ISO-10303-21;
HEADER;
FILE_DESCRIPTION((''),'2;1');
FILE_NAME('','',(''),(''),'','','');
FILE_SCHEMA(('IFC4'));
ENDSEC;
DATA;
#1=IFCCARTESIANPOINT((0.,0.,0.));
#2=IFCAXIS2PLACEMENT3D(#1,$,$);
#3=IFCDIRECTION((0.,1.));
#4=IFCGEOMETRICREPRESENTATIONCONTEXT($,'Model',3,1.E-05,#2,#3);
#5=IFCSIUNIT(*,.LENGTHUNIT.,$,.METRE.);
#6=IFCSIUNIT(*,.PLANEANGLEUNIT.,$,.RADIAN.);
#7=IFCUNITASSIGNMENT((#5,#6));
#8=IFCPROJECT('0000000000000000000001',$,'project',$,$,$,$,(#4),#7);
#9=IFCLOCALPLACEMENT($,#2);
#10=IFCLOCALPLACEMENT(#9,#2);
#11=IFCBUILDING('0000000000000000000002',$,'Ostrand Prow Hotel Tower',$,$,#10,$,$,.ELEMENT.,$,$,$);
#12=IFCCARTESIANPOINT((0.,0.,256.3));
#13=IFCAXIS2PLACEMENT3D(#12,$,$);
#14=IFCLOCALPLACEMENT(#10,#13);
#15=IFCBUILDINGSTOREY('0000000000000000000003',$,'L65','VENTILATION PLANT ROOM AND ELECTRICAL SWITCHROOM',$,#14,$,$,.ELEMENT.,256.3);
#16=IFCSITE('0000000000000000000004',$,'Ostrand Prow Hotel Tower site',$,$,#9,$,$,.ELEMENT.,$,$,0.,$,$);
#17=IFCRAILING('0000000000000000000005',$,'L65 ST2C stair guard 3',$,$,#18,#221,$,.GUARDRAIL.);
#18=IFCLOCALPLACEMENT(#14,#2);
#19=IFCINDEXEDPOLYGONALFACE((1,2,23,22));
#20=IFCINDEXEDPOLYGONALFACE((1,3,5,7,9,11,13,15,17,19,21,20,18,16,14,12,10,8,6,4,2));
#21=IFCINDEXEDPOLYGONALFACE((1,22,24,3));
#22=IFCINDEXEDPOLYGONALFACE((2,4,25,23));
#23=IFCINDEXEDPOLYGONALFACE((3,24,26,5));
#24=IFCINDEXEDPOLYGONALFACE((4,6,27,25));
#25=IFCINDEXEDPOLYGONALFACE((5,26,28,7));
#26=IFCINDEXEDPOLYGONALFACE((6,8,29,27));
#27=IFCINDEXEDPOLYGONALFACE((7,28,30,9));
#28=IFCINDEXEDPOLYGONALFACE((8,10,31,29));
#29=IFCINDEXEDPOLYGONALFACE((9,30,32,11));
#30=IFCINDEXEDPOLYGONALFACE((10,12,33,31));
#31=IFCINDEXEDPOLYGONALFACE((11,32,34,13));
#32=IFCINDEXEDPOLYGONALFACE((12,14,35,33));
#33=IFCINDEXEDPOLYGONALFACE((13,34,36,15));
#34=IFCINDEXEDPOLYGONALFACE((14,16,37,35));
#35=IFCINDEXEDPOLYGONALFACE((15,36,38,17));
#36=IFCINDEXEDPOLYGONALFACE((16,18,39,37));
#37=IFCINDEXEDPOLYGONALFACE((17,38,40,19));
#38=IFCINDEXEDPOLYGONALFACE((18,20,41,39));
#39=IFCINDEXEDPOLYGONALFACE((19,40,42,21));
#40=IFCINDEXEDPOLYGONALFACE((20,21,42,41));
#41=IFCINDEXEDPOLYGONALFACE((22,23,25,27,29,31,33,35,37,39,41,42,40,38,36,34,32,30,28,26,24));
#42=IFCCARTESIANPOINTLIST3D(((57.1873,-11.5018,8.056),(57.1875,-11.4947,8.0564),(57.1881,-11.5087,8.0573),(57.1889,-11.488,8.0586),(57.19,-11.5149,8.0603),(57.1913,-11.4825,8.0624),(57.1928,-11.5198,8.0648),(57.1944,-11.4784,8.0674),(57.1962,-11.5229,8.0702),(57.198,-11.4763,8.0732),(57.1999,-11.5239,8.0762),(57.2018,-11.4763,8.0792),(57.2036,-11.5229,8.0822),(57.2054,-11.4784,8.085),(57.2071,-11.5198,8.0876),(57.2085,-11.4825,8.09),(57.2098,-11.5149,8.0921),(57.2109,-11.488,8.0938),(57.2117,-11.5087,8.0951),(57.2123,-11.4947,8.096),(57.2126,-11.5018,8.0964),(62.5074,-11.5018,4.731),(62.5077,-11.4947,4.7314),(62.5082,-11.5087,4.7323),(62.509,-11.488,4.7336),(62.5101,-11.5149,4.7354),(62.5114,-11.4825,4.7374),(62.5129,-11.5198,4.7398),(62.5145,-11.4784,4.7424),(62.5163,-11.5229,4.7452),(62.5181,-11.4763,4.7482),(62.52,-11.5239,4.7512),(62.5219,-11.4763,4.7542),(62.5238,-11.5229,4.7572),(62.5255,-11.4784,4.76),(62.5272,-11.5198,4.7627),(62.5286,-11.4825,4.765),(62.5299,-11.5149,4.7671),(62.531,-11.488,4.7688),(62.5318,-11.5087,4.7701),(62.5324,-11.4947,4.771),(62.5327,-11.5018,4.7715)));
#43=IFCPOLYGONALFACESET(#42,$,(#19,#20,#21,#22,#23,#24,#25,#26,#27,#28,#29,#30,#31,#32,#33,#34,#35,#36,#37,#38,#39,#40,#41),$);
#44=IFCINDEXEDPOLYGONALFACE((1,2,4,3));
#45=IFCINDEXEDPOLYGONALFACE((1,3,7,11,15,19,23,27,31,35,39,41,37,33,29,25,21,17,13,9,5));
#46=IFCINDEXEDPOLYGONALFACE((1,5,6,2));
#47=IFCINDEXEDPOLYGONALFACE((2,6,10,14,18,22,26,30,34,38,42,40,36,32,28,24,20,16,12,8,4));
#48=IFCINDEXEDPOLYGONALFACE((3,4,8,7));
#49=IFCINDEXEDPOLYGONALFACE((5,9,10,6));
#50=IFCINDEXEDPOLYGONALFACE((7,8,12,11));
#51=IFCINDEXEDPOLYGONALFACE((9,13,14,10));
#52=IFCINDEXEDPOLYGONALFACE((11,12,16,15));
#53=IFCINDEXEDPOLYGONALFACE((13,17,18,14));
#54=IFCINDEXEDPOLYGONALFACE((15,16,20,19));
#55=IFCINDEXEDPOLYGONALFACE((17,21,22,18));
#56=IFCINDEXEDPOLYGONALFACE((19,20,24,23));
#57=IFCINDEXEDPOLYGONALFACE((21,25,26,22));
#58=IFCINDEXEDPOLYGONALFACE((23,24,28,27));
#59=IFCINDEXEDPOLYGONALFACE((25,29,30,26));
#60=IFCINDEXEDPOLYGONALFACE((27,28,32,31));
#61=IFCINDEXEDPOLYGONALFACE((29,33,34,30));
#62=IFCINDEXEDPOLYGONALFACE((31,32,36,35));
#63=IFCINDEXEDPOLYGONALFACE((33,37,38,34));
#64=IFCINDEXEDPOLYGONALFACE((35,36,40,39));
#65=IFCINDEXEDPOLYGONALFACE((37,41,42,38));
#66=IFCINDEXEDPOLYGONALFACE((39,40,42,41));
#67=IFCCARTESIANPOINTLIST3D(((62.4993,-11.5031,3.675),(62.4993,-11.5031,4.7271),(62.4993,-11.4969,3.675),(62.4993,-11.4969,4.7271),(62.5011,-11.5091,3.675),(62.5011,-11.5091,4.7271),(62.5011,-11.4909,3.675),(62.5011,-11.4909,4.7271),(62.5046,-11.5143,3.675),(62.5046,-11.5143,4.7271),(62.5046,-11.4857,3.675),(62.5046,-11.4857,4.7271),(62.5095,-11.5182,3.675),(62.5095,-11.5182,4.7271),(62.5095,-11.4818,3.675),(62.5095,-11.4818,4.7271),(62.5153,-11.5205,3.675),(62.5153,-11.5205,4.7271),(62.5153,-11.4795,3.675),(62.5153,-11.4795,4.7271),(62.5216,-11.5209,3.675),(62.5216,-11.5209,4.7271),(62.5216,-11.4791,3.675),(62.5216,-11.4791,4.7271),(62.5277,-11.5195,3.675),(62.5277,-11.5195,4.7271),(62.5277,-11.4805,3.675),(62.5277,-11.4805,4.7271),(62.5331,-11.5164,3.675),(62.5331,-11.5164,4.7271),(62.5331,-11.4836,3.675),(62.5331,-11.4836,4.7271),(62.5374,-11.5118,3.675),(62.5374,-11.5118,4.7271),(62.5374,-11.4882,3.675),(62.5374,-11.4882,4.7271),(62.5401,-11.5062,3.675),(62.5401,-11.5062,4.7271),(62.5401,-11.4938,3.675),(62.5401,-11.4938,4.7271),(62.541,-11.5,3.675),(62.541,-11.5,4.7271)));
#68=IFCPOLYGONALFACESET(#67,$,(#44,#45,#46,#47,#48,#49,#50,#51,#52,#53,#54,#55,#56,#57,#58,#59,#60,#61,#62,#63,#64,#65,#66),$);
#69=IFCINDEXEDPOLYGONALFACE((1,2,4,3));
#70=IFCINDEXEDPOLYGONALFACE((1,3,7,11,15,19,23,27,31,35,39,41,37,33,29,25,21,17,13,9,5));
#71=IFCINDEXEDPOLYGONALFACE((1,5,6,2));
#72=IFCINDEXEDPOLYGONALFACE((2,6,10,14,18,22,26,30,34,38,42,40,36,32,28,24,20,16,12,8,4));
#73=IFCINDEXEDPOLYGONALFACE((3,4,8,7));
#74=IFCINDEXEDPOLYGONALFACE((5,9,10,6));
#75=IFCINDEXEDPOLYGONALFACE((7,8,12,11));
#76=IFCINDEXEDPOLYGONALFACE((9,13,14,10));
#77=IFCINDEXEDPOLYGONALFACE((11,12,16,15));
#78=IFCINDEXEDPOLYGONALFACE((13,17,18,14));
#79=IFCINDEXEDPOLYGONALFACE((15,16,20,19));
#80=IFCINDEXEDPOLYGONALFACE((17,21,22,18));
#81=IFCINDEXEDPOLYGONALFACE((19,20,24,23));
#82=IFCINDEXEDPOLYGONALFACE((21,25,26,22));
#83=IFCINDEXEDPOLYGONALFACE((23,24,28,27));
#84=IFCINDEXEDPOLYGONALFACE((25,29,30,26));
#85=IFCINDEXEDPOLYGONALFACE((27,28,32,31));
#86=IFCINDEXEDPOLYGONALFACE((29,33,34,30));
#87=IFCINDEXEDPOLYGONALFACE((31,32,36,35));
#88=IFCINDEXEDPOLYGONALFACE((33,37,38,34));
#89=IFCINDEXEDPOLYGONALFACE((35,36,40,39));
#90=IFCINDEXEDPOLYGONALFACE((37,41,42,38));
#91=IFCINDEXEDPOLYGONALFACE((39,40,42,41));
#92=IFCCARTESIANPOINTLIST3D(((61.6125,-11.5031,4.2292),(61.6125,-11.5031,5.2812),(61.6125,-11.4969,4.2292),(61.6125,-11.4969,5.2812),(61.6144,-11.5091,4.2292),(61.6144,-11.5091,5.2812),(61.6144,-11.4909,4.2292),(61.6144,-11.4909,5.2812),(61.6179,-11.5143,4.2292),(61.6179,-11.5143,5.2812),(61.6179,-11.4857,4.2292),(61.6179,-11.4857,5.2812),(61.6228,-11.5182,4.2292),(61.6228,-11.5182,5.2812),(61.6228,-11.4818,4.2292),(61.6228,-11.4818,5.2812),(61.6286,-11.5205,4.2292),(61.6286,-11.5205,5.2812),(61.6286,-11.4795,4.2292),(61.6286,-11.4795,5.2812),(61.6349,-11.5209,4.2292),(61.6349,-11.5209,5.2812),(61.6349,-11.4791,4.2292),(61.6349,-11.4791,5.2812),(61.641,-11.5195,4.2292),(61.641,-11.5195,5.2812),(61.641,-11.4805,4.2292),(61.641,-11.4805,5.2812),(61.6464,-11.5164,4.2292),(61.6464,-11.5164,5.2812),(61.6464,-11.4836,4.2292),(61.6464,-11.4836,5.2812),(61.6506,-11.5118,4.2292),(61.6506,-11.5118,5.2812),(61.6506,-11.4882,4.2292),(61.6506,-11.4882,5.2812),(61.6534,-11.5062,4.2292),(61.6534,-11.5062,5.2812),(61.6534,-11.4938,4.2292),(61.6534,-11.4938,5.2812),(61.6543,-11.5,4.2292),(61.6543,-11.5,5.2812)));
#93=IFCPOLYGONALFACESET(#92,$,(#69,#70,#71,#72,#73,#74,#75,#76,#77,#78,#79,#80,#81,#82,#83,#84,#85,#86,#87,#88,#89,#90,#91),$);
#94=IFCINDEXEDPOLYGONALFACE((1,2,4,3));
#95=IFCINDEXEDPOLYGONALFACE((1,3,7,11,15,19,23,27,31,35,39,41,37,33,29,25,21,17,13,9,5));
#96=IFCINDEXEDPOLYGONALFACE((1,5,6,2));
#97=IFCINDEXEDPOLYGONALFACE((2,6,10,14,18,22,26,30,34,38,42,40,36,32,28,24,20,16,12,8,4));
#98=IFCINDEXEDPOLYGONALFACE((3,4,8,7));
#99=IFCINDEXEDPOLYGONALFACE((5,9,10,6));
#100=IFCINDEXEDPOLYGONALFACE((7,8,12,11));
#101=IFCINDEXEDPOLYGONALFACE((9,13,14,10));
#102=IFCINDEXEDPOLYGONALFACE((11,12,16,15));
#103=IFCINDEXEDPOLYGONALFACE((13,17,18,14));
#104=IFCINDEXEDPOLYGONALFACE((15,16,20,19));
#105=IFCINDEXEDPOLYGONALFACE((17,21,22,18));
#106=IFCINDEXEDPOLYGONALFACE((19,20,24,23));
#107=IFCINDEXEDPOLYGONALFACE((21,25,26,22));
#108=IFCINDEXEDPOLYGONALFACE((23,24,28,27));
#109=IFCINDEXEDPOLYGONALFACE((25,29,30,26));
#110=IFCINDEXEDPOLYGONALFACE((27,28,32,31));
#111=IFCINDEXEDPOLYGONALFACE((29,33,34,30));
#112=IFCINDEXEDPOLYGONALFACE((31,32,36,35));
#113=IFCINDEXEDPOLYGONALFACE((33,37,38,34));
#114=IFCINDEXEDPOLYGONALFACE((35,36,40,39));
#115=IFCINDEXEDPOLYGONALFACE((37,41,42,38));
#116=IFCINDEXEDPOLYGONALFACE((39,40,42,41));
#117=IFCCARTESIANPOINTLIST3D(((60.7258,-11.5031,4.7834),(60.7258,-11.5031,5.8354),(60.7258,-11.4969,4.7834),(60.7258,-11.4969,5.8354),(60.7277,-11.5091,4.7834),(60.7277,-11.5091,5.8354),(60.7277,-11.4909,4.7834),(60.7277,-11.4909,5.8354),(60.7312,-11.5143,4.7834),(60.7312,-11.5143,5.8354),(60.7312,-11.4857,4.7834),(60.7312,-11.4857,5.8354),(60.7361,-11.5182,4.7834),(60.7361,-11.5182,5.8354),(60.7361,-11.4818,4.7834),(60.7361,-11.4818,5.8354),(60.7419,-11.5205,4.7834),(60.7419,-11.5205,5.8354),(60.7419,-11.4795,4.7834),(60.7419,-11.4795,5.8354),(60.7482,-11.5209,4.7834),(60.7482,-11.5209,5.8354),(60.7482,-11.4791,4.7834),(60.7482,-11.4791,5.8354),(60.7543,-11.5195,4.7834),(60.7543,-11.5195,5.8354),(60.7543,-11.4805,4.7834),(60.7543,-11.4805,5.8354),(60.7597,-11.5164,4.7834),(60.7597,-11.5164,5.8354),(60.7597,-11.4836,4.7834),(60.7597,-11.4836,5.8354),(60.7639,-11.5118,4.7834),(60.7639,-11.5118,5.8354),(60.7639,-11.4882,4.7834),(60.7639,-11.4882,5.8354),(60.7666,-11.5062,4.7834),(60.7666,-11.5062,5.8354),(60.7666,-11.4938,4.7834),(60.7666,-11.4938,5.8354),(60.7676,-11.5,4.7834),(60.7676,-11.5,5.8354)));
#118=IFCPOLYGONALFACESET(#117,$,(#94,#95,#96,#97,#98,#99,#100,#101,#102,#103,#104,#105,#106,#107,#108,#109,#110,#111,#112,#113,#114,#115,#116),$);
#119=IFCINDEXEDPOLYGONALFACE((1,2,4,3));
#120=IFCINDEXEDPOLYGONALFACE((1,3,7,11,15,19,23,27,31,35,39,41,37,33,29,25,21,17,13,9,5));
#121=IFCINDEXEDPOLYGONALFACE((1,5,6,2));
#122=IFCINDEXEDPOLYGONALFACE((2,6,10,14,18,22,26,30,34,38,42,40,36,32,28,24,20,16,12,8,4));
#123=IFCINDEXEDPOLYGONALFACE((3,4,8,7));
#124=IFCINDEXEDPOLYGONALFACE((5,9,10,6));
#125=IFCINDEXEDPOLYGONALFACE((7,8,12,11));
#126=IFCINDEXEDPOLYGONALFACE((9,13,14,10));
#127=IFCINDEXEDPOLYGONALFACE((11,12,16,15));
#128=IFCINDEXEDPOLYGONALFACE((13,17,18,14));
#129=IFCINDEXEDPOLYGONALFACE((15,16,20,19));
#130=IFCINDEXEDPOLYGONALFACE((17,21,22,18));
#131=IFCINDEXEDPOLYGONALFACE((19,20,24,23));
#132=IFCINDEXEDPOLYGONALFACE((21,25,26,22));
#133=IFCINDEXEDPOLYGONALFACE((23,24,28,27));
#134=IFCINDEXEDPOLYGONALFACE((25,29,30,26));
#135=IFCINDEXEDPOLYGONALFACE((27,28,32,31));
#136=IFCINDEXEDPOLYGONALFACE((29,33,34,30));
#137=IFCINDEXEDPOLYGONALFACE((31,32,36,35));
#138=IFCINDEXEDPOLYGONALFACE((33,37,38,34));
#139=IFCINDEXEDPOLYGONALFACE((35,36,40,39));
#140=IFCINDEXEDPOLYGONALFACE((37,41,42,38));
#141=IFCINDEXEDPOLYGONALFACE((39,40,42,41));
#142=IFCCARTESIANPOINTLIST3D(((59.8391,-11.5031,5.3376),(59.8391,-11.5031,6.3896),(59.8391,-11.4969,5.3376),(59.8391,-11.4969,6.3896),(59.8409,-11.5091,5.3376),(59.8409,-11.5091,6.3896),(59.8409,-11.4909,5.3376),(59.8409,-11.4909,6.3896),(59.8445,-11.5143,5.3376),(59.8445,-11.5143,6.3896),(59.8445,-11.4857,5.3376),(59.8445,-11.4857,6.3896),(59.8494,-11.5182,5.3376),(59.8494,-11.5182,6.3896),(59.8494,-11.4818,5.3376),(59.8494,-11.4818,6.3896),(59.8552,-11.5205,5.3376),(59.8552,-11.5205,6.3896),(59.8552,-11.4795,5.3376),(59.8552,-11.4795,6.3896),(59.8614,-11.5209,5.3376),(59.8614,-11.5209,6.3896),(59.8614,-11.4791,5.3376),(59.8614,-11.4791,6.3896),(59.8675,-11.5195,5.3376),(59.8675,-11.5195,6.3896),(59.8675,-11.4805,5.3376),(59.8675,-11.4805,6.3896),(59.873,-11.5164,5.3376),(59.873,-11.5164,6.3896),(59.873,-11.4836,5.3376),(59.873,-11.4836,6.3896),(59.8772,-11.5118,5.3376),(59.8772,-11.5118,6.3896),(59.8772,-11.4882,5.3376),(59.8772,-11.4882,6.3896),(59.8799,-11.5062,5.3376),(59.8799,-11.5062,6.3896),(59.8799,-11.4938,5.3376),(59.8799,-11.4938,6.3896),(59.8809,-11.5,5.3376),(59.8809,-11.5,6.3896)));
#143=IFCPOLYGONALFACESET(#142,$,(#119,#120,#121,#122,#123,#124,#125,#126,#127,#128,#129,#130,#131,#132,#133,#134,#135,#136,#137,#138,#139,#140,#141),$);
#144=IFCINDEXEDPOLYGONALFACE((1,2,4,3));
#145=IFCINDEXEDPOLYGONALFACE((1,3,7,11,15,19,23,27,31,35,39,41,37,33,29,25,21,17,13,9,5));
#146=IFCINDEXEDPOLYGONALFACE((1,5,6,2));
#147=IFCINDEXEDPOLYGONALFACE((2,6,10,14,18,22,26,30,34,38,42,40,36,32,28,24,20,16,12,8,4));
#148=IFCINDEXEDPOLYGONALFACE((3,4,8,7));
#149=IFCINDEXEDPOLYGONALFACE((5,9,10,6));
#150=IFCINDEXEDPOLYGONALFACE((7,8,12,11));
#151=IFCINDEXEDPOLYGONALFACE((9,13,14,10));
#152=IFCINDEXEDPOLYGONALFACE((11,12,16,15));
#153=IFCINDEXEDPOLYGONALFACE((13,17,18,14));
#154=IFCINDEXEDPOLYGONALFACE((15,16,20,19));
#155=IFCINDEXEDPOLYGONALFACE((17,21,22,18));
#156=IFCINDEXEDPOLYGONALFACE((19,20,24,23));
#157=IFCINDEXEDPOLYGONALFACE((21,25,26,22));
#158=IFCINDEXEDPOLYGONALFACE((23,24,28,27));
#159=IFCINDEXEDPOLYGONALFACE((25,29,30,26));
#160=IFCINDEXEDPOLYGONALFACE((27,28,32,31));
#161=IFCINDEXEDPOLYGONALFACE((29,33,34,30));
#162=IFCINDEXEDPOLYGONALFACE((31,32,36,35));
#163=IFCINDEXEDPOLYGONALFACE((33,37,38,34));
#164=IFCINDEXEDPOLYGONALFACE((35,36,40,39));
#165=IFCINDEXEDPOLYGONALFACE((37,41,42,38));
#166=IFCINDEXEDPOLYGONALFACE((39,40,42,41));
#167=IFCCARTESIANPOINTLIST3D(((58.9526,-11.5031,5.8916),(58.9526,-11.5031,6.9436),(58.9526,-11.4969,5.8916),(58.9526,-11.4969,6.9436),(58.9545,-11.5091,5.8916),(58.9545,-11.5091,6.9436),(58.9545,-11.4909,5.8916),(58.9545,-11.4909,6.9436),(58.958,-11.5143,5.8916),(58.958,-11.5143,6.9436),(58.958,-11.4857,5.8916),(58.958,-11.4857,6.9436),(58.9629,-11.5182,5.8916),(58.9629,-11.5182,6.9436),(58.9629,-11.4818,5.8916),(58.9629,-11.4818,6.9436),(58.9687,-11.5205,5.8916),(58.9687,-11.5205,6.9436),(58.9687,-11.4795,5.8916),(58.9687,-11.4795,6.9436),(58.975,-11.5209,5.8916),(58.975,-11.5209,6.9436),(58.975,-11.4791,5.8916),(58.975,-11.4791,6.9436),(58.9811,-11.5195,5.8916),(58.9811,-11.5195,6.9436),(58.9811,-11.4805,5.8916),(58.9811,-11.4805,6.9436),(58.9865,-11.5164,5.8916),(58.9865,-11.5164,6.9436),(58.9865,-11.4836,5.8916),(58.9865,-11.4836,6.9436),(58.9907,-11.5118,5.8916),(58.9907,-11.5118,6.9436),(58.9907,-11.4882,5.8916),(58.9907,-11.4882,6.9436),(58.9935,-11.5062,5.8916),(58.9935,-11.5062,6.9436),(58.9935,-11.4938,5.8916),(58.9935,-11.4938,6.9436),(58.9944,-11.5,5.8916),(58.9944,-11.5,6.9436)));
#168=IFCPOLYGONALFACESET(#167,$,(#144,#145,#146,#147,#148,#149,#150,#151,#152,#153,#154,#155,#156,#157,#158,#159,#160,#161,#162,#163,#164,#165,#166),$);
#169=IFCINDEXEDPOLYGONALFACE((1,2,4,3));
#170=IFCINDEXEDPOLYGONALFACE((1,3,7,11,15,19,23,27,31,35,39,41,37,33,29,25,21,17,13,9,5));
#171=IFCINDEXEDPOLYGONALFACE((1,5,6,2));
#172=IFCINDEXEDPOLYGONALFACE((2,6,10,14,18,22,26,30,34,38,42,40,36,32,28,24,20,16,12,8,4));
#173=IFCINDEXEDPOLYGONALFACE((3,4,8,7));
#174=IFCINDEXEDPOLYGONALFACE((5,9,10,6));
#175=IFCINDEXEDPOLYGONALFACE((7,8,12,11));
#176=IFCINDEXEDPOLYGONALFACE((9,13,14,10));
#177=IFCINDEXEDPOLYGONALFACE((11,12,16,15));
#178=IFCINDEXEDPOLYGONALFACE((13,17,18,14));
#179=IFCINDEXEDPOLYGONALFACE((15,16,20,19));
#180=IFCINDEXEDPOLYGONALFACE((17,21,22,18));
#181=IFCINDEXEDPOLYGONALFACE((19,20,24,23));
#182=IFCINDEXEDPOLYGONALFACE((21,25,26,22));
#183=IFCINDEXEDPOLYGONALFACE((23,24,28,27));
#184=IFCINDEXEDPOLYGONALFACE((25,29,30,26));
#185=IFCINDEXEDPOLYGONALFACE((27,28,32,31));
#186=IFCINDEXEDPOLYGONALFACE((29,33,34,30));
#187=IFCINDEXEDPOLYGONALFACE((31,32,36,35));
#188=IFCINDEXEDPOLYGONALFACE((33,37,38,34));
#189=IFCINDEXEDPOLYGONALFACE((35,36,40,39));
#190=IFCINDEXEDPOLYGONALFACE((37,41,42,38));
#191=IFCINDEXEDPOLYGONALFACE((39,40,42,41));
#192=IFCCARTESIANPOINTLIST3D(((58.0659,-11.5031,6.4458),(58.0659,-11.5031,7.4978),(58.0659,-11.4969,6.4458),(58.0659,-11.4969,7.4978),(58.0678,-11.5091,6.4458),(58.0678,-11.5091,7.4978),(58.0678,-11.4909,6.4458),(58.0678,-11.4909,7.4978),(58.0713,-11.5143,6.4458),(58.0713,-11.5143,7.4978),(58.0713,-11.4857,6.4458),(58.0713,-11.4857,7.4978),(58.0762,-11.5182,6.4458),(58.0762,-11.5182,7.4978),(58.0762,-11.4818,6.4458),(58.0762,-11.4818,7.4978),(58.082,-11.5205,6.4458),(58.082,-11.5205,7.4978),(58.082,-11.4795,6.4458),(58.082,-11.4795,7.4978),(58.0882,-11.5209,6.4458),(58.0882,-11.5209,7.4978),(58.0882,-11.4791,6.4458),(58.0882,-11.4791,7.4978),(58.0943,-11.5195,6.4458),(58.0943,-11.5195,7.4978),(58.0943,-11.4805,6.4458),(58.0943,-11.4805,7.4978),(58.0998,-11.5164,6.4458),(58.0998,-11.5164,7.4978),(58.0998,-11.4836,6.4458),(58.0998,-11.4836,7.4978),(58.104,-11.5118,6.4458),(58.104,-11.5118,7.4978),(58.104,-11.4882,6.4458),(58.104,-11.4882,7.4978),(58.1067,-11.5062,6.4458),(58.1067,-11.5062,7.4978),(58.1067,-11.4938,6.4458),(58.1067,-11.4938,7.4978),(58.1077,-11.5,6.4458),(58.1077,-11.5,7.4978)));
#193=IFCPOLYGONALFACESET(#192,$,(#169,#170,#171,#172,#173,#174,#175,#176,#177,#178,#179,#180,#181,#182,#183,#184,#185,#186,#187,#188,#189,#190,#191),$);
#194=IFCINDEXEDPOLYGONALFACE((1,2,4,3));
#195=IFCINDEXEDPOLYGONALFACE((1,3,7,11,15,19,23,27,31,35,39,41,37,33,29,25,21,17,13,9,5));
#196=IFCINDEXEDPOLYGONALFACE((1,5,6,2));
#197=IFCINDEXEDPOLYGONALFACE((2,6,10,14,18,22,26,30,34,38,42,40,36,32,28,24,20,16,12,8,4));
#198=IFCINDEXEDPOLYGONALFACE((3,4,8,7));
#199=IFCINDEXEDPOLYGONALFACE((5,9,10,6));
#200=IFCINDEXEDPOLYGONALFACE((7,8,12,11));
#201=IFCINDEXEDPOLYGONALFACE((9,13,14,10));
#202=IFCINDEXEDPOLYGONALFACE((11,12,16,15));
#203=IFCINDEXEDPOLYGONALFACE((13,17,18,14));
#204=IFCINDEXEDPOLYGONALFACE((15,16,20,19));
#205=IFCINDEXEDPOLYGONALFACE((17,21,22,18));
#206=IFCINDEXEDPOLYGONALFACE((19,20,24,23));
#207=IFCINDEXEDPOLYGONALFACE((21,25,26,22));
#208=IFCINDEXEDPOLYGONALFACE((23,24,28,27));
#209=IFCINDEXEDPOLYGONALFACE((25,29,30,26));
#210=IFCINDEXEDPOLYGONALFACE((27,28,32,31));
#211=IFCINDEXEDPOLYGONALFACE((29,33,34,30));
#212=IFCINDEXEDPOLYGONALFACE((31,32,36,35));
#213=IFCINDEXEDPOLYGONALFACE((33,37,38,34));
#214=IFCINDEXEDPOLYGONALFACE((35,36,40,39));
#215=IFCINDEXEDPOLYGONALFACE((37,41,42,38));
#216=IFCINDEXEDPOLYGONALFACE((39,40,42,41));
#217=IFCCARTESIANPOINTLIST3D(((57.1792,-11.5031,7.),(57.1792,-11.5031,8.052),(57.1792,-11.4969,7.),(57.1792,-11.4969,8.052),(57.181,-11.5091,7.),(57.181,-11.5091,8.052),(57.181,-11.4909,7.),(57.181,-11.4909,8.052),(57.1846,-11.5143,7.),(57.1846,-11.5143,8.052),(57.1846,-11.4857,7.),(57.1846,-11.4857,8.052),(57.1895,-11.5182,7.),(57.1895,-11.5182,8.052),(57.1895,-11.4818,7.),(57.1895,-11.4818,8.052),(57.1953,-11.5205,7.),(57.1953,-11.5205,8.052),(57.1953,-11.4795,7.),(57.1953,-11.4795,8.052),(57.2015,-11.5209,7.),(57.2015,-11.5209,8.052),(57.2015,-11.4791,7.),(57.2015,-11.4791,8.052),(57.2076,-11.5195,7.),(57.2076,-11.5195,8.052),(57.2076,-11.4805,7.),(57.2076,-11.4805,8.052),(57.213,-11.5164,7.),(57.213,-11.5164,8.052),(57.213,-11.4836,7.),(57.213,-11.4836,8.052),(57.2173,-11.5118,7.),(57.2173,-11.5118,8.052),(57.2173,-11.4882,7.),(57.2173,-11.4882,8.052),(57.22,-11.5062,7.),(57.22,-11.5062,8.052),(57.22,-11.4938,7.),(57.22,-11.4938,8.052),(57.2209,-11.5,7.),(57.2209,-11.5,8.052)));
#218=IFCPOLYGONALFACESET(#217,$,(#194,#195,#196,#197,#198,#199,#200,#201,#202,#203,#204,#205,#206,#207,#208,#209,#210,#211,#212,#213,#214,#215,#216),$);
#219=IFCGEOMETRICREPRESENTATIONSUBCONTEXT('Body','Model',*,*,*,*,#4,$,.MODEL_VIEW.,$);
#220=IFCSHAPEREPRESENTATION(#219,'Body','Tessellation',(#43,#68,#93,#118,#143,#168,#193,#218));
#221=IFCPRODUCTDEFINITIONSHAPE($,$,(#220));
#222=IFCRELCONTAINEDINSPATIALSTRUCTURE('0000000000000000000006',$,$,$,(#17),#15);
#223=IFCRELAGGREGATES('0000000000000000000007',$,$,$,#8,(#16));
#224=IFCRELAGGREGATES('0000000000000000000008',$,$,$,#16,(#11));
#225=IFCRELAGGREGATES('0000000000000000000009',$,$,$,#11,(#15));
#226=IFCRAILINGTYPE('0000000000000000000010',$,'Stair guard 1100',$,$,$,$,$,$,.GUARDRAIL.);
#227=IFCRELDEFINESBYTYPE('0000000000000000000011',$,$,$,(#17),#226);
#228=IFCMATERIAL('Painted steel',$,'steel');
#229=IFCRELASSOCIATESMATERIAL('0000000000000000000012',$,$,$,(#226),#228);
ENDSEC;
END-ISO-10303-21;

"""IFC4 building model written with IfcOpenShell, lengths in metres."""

from ifc_helpers import new_model, si_unit, direction, frame, origin, origin_2d, place, context, subcontext, project, spatial, circle, extrude, material, type_object, element, save


model = new_model("IFC4")

# Units and contexts
model_context = context("Model", 3, precision=1e-05, world=origin(), true_north=direction((0.0, 1.0)))
body_context = subcontext(model_context, "Body", "Model", "MODEL_VIEW")
ifc_project = project(units=[si_unit("LENGTHUNIT", "METRE"), si_unit("PLANEANGLEUNIT", "RADIAN")], contexts=[model_context])

# Site, building, storey
site_placement = place(None, origin())
site = spatial("IfcSite", under=ifc_project, at=site_placement, Name="Ostrand Prow Hotel Tower site", CompositionType="ELEMENT", RefElevation=0.0)
building_placement = place(site_placement, origin())
building = spatial("IfcBuilding", under=site, at=building_placement, Name="Ostrand Prow Hotel Tower", CompositionType="ELEMENT")
storey_placement = place(building_placement, frame((0.0, 0.0, 256.3)))
storey = spatial("IfcBuildingStorey", under=building, at=storey_placement, Name="L65", Description="VENTILATION PLANT ROOM AND ELECTRICAL SWITCHROOM", CompositionType="ELEMENT", Elevation=256.3)

# Railing
ifc_material_1 = material(Name="Painted steel", Category="steel")
railing_type_1 = type_object("IfcRailingType", Name="Stair guard 1100", PredefinedType="GUARDRAIL", material=ifc_material_1)
railing_1_placement = place(storey_placement, frame((62.52, -11.5, 3.675)))
element("IfcRailing", 1, at=railing_1_placement, inside=storey, type_object=railing_type_1, Name="L65 ST2C stair guard 3", PredefinedType="GUARDRAIL", context=body_context, shape_type="SweptSolid", body=[
    extrude(circle(Radius=0.0239, at=origin_2d()), frame((0.0, 0.0, 1.0762), z_axis=(-0.848005, 0.0, 0.529988), x_axis=(0.0, -1.0, 0.0)), (0.0, 0.0, 1.0), 6.2737),
    extrude(circle(Radius=0.021, at=origin_2d()), origin(), (0.0, 0.0, 1.0), 1.052),
    extrude(circle(Radius=0.021, at=origin_2d()), frame((-0.8867, 0.0, 0.5542)), (0.0, 0.0, 1.0), 1.052),
    extrude(circle(Radius=0.021, at=origin_2d()), frame((-1.7734, 0.0, 1.1084)), (0.0, 0.0, 1.0), 1.052),
    extrude(circle(Radius=0.021, at=origin_2d()), frame((-2.6602, 0.0, 1.6626)), (0.0, 0.0, 1.0), 1.052),
    extrude(circle(Radius=0.021, at=origin_2d()), frame((-3.5466, 0.0, 2.2166)), (0.0, 0.0, 1.0), 1.052),
    extrude(circle(Radius=0.021, at=origin_2d()), frame((-4.4333, 0.0, 2.7708)), (0.0, 0.0, 1.0), 1.052),
    extrude(circle(Radius=0.021, at=origin_2d()), frame((-5.3201, 0.0, 3.325)), (0.0, 0.0, 1.0), 1.052),
])

save(model, "model.ifc")
